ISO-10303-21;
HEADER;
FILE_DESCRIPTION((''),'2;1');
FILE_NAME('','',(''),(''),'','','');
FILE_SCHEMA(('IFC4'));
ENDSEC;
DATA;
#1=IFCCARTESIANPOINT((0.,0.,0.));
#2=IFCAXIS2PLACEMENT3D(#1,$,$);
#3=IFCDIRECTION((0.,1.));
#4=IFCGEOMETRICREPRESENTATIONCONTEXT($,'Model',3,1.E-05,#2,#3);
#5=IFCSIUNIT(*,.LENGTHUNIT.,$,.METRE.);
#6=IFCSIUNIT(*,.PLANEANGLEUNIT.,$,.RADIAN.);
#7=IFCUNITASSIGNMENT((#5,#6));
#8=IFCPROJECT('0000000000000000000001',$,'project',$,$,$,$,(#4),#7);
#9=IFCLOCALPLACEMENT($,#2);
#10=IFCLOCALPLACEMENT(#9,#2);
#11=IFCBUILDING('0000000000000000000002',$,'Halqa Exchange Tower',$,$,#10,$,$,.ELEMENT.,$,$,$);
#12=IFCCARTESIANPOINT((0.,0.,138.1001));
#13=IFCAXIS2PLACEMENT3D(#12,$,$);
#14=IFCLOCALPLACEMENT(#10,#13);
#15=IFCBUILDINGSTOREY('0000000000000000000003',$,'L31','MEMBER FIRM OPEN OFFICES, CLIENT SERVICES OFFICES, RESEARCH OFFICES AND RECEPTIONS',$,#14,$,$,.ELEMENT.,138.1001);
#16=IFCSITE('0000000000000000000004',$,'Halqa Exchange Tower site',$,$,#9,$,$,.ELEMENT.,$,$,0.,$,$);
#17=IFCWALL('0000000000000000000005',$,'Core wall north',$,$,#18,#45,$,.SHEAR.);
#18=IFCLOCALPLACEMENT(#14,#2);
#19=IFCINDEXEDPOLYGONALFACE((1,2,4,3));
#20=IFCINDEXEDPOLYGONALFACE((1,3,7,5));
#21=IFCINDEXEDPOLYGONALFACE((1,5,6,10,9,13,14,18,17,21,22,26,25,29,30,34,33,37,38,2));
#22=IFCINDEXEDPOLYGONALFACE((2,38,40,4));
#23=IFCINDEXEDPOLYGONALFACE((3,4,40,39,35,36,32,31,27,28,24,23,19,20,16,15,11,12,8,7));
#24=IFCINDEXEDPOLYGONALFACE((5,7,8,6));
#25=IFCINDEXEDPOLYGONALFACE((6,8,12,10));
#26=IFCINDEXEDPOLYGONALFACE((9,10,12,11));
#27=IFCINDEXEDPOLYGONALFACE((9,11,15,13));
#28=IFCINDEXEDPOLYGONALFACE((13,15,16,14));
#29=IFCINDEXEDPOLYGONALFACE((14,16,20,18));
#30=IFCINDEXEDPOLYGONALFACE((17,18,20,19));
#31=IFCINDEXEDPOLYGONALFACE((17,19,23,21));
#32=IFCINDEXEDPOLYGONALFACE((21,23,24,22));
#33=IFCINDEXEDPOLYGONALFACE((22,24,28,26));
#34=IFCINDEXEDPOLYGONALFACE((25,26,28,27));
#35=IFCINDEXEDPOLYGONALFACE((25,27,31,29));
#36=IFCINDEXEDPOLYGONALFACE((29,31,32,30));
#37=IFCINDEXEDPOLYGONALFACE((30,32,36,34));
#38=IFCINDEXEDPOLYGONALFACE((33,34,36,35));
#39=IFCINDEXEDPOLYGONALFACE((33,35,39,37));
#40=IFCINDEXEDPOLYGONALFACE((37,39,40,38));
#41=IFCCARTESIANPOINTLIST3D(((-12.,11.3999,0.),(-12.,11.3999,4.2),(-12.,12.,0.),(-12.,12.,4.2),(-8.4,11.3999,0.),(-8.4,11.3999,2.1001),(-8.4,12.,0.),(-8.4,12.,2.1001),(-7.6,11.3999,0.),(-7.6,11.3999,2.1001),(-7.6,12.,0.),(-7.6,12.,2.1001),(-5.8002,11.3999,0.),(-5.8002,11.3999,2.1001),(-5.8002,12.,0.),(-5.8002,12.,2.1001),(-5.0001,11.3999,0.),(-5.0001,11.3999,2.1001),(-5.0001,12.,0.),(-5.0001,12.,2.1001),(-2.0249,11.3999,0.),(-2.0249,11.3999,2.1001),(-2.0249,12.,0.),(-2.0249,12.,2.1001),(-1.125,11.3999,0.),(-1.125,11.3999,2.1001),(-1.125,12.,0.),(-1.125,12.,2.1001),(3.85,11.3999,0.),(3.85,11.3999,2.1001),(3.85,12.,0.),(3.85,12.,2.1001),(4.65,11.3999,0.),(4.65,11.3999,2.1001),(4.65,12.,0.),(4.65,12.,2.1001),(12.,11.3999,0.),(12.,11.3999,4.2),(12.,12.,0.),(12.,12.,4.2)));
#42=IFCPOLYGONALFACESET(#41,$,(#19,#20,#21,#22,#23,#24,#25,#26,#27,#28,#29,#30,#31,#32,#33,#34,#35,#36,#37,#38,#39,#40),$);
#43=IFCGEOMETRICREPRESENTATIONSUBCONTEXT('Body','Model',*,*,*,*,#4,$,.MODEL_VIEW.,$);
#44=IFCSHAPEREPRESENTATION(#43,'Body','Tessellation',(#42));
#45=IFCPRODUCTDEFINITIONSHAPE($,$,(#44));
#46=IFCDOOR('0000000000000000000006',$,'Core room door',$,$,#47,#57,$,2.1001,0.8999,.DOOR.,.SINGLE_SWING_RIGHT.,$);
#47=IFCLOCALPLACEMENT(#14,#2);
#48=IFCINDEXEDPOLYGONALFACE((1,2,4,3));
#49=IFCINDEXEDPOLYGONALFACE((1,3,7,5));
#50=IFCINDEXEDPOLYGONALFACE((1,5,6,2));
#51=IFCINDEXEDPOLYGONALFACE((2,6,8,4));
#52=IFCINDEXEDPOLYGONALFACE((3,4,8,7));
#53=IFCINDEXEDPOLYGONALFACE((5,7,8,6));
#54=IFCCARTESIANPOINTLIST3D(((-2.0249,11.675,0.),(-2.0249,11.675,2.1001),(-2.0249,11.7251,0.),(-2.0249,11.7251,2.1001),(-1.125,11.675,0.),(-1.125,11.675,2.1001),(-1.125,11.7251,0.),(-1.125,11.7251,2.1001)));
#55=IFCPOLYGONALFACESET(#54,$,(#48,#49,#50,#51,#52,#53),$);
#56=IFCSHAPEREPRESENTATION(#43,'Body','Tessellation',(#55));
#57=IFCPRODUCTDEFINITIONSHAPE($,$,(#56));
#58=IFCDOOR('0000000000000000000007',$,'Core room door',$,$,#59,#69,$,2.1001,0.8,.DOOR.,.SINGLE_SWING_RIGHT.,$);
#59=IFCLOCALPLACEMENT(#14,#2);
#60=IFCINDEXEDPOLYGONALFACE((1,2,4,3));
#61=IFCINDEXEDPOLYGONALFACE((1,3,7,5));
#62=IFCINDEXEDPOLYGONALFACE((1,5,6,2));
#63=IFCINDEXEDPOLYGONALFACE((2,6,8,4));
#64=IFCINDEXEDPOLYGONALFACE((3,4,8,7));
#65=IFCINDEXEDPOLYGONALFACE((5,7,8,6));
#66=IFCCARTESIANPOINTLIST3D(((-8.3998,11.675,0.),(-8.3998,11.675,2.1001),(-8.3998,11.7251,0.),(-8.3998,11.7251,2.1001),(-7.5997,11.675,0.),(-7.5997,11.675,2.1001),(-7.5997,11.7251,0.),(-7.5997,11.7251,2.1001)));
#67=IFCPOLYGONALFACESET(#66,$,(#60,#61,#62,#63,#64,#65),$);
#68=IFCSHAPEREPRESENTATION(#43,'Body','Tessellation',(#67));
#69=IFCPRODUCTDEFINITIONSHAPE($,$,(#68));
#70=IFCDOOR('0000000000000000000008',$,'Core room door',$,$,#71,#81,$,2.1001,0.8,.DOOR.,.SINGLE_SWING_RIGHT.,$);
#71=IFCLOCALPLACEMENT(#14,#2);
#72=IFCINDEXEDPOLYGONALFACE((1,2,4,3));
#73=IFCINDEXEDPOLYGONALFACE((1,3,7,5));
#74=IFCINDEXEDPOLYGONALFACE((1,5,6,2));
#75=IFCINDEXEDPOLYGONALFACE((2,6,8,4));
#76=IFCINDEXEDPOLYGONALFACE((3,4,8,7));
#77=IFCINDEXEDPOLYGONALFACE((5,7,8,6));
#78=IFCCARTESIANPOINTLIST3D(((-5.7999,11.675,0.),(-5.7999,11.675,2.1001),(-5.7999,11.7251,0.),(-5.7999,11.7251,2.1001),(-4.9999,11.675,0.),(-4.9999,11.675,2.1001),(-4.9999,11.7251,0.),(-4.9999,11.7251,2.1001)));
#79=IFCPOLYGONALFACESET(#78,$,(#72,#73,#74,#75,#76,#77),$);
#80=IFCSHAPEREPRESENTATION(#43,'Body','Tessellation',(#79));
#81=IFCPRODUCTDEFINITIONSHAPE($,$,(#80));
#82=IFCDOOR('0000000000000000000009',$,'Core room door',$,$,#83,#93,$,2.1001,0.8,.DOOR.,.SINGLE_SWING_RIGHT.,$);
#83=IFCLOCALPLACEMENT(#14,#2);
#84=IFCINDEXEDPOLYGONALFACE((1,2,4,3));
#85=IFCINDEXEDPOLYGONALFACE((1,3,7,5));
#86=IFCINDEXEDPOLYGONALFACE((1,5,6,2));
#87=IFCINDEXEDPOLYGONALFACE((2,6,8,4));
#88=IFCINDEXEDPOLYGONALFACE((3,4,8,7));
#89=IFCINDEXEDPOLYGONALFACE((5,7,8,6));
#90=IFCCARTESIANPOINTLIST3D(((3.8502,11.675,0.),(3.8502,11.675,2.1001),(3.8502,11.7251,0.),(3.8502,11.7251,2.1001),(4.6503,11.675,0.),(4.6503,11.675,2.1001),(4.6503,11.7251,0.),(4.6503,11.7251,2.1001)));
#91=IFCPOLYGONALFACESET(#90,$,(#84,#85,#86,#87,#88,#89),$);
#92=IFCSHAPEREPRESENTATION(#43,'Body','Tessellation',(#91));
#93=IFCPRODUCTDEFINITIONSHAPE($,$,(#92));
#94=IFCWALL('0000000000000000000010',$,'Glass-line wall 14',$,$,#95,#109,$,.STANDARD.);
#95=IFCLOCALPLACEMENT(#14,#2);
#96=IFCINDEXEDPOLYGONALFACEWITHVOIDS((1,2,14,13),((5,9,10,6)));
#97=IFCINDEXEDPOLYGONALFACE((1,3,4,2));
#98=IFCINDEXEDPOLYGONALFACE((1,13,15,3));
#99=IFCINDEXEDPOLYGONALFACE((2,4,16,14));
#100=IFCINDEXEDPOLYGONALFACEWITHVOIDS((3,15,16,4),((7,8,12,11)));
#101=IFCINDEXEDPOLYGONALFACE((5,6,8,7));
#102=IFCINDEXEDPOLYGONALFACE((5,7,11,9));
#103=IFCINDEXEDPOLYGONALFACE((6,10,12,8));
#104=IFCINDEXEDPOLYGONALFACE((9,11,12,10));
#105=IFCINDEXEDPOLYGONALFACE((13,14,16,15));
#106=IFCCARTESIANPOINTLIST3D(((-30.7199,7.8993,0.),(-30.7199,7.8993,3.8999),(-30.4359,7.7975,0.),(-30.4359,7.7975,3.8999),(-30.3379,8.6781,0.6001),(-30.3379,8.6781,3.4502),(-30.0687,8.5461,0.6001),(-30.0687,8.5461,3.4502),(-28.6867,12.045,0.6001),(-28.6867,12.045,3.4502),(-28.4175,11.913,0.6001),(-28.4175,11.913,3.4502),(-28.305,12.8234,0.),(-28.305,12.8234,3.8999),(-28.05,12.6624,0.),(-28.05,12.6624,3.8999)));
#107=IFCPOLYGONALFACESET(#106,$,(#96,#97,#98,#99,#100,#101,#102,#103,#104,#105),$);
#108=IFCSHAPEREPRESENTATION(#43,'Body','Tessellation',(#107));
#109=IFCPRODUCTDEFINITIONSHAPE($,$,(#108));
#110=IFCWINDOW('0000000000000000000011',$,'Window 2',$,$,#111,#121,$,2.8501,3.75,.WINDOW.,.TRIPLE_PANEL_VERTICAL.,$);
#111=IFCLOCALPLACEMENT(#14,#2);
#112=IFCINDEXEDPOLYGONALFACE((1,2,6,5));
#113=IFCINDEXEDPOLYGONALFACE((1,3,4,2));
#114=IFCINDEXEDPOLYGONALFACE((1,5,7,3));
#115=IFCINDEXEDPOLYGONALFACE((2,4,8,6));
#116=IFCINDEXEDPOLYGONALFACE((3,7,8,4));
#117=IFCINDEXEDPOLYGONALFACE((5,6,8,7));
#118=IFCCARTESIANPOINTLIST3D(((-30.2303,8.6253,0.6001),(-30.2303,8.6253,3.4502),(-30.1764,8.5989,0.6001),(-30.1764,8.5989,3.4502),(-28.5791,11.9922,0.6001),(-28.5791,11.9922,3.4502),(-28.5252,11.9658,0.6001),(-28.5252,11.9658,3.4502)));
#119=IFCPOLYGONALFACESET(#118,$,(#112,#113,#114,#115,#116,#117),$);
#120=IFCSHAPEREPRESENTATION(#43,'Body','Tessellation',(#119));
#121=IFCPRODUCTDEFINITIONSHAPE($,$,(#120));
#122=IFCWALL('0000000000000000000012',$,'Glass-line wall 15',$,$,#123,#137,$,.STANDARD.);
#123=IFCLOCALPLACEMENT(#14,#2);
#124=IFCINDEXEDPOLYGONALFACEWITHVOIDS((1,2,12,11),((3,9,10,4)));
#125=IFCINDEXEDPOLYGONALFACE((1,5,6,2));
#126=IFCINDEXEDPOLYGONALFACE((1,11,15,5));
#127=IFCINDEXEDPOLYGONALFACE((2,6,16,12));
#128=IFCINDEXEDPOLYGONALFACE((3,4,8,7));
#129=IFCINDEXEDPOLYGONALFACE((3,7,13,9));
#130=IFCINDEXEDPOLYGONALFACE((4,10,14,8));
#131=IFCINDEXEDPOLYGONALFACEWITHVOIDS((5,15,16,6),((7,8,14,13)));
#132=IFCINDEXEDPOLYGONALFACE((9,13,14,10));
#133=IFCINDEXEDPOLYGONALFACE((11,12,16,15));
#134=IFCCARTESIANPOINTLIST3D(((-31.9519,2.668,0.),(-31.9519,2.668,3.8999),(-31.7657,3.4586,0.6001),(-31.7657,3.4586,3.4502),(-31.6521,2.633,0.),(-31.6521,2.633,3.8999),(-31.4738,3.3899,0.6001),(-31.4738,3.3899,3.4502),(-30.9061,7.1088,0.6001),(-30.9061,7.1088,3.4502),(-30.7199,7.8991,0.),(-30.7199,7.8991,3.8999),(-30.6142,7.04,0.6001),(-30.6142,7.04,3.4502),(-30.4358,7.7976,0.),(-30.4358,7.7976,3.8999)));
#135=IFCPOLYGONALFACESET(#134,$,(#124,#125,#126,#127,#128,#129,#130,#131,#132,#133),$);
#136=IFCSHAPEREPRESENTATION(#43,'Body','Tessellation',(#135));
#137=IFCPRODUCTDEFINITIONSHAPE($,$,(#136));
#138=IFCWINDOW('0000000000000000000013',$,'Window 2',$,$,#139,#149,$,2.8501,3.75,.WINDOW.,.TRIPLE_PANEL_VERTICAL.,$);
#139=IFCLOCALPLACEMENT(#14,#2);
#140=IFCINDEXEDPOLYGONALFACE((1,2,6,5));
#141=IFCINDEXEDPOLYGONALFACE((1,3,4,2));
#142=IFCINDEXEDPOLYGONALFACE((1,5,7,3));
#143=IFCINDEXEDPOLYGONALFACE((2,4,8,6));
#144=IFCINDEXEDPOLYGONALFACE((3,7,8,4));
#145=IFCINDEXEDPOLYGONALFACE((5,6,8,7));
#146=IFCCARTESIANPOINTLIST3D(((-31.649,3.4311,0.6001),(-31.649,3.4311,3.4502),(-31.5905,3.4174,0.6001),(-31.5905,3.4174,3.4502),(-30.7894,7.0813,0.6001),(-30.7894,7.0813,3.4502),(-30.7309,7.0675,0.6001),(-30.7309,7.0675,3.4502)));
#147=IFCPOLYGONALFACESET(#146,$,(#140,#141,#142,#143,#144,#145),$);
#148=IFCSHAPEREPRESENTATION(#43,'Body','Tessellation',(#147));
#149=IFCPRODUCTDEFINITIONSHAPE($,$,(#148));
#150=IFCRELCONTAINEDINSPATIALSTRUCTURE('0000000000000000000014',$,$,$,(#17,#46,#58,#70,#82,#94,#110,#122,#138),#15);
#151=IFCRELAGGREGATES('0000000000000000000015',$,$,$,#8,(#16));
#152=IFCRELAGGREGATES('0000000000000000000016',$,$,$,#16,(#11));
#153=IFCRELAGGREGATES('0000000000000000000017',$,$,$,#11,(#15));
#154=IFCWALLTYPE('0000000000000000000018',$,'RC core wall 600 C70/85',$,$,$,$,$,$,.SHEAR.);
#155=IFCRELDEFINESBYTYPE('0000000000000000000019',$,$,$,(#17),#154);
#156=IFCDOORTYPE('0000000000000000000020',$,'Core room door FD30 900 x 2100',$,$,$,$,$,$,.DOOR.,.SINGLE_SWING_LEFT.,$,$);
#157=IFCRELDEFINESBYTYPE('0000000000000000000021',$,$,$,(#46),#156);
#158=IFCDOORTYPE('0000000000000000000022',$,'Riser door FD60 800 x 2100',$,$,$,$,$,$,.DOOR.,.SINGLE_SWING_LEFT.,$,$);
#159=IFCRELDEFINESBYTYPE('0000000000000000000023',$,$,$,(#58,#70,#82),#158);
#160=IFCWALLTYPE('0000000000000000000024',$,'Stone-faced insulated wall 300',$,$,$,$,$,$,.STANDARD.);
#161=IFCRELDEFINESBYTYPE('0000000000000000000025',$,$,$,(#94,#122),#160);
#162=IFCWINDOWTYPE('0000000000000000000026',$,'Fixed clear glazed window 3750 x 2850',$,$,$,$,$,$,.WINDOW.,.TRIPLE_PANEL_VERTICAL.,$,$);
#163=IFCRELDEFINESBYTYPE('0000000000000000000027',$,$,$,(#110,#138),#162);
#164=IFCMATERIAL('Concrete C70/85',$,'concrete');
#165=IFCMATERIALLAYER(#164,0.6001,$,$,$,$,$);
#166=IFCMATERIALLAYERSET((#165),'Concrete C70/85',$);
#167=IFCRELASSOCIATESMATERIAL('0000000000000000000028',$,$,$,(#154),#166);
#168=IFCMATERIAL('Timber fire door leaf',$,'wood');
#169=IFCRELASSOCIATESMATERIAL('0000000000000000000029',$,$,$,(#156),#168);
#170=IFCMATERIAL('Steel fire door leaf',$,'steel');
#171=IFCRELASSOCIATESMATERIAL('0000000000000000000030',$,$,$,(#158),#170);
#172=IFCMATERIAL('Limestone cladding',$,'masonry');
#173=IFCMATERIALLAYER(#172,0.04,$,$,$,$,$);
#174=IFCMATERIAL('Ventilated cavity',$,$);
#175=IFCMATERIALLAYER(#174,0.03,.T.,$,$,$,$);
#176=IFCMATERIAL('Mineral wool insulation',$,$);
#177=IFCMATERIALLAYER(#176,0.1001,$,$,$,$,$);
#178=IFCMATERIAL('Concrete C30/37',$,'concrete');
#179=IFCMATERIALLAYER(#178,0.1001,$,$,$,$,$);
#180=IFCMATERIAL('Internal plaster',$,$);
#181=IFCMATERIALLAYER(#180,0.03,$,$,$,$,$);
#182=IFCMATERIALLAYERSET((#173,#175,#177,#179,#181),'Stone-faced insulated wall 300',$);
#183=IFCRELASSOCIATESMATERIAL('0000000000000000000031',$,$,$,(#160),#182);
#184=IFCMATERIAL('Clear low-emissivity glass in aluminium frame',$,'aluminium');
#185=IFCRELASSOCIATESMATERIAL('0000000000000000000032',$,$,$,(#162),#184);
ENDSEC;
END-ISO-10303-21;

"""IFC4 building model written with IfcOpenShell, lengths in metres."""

from ifc_helpers import new_model, si_unit, direction, frame, frame_2d, origin, place, context, subcontext, project, spatial, polyline, rectangle, outline, extrude, material, layer, layer_set, type_object, element, fill, save


model = new_model("IFC4")

# Units and contexts
model_context = context("Model", 3, precision=1e-05, world=origin(), true_north=direction((0.0, 1.0)))
body_context = subcontext(model_context, "Body", "Model", "MODEL_VIEW")
ifc_project = project(units=[si_unit("LENGTHUNIT", "METRE"), si_unit("PLANEANGLEUNIT", "RADIAN")], contexts=[model_context])

# Site, building, storey
site_placement = place(None, origin())
site = spatial("IfcSite", under=ifc_project, at=site_placement, Name="Halqa Exchange Tower site", CompositionType="ELEMENT", RefElevation=0.0)
building_placement = place(site_placement, origin())
building = spatial("IfcBuilding", under=site, at=building_placement, Name="Halqa Exchange Tower", CompositionType="ELEMENT")
storey_placement = place(building_placement, frame((0.0, 0.0, 138.1001)))
storey = spatial("IfcBuildingStorey", under=building, at=storey_placement, Name="L31", Description="MEMBER FIRM OPEN OFFICES, CLIENT SERVICES OFFICES, RESEARCH OFFICES AND RECEPTIONS", CompositionType="ELEMENT", Elevation=138.1001)

# Shared definitions
ifc_material_1 = material(Name="Concrete C70/85", Category="concrete")

# Wall, openings, doors
ifc_layer_1 = layer(ifc_material_1, 0.6001)
ifc_layer_set_1 = layer_set([ifc_layer_1], Name="Concrete C70/85")
wall_type_1 = type_object("IfcWallType", Name="RC core wall 600 C70/85", PredefinedType="SHEAR", material=ifc_layer_set_1)
wall_1_placement = place(storey_placement, frame((-12.0, 11.7, 0.0), z_axis=(0.0, 0.0, 1.0), x_axis=(1.0, 0.0, 0.0)))
wall_1 = element("IfcWall", 1, at=wall_1_placement, inside=storey, type_object=wall_type_1, Name="Core wall north", PredefinedType="SHEAR", context=body_context, shape_type="SweptSolid", body=[
    extrude(rectangle(XDim=24.0, YDim=0.6001, at=frame_2d((12.0, 0.0))), origin(), (0.0, 0.0, 1.0), 4.2),
])
opening_1_placement = place(wall_1_placement, frame((9.9751, 0.0, 0.0)))
opening_1 = element("IfcOpeningElement", 2, at=opening_1_placement, cuts=wall_1, PredefinedType="OPENING", context=body_context, shape_type="SweptSolid", body=[
    extrude(rectangle(XDim=0.8999, YDim=2.1001, at=frame_2d((0.45, 1.05))), frame((0.0, 0.312, 0.0), z_axis=(0.0, -1.0, 0.0), x_axis=(1.0, 0.0, 0.0)), (0.0, 0.0, 1.0), 0.624),
])
opening_2_placement = place(wall_1_placement, frame((3.6001, 0.0, 0.0)))
opening_2 = element("IfcOpeningElement", 3, at=opening_2_placement, cuts=wall_1, PredefinedType="OPENING", context=body_context, shape_type="SweptSolid", body=[
    extrude(rectangle(XDim=0.8, YDim=2.1001, at=frame_2d((0.3999, 1.05))), frame((0.0, 0.312, 0.0), z_axis=(0.0, -1.0, 0.0), x_axis=(1.0, 0.0, 0.0)), (0.0, 0.0, 1.0), 0.624),
])
opening_3_placement = place(wall_1_placement, frame((6.2, 0.0, 0.0)))
opening_3 = element("IfcOpeningElement", 4, at=opening_3_placement, cuts=wall_1, PredefinedType="OPENING", context=body_context, shape_type="SweptSolid", body=[
    extrude(rectangle(XDim=0.8, YDim=2.1001, at=frame_2d((0.3999, 1.05))), frame((0.0, 0.312, 0.0), z_axis=(0.0, -1.0, 0.0), x_axis=(1.0, 0.0, 0.0)), (0.0, 0.0, 1.0), 0.624),
])
opening_4_placement = place(wall_1_placement, frame((15.8501, 0.0, 0.0)))
opening_4 = element("IfcOpeningElement", 5, at=opening_4_placement, cuts=wall_1, PredefinedType="OPENING", context=body_context, shape_type="SweptSolid", body=[
    extrude(rectangle(XDim=0.8, YDim=2.1001, at=frame_2d((0.3999, 1.05))), frame((0.0, 0.312, 0.0), z_axis=(0.0, -1.0, 0.0), x_axis=(1.0, 0.0, 0.0)), (0.0, 0.0, 1.0), 0.624),
])
ifc_material_2 = material(Name="Timber fire door leaf", Category="wood")
door_type_1 = type_object("IfcDoorType", Name="Core room door FD30 900 x 2100", OperationType="SINGLE_SWING_LEFT", PredefinedType="DOOR", material=ifc_material_2)
door_1_placement = place(opening_1_placement, frame((0.8999, 0.0, 0.0), z_axis=(0.0, 0.0, 1.0), x_axis=(-1.0, 0.0, 0.0)))
door_1 = element("IfcDoor", 6, at=door_1_placement, inside=storey, type_object=door_type_1, Name="Core room door", OperationType="SINGLE_SWING_RIGHT", OverallHeight=2.1001, OverallWidth=0.8999, PredefinedType="DOOR", context=body_context, shape_type="SweptSolid", body=[
    extrude(rectangle(XDim=0.8999, YDim=2.1001, at=frame_2d((0.45, 1.05))), frame((0.0, 0.0249, 0.0), z_axis=(0.0, -1.0, 0.0), x_axis=(1.0, 0.0, 0.0)), (0.0, 0.0, 1.0), 0.05),
])
fill(opening_1, door_1)
ifc_material_3 = material(Name="Steel fire door leaf", Category="steel")
door_type_2 = type_object("IfcDoorType", Name="Riser door FD60 800 x 2100", OperationType="SINGLE_SWING_LEFT", PredefinedType="DOOR", material=ifc_material_3)
door_2_placement = place(opening_2_placement, frame((0.8, 0.0, 0.0), z_axis=(0.0, 0.0, 1.0), x_axis=(-1.0, 0.0, 0.0)))
door_2 = element("IfcDoor", 7, at=door_2_placement, inside=storey, type_object=door_type_2, Name="Core room door", OperationType="SINGLE_SWING_RIGHT", OverallHeight=2.1001, OverallWidth=0.8, PredefinedType="DOOR", context=body_context, shape_type="SweptSolid", body=[
    extrude(rectangle(XDim=0.8, YDim=2.1001, at=frame_2d((0.3999, 1.05))), frame((0.0, 0.0249, 0.0), z_axis=(0.0, -1.0, 0.0), x_axis=(1.0, 0.0, 0.0)), (0.0, 0.0, 1.0), 0.05),
])
fill(opening_2, door_2)
door_3_placement = place(opening_3_placement, frame((0.8, 0.0, 0.0), z_axis=(0.0, 0.0, 1.0), x_axis=(-1.0, 0.0, 0.0)))
door_3 = element("IfcDoor", 8, at=door_3_placement, inside=storey, type_object=door_type_2, Name="Core room door", OperationType="SINGLE_SWING_RIGHT", OverallHeight=2.1001, OverallWidth=0.8, PredefinedType="DOOR", context=body_context, shape_type="SweptSolid", body=[
    extrude(rectangle(XDim=0.8, YDim=2.1001, at=frame_2d((0.3999, 1.05))), frame((0.0, 0.0249, 0.0), z_axis=(0.0, -1.0, 0.0), x_axis=(1.0, 0.0, 0.0)), (0.0, 0.0, 1.0), 0.05),
])
fill(opening_3, door_3)
door_4_placement = place(opening_4_placement, frame((0.8, 0.0, 0.0), z_axis=(0.0, 0.0, 1.0), x_axis=(-1.0, 0.0, 0.0)))
door_4 = element("IfcDoor", 9, at=door_4_placement, inside=storey, type_object=door_type_2, Name="Core room door", OperationType="SINGLE_SWING_RIGHT", OverallHeight=2.1001, OverallWidth=0.8, PredefinedType="DOOR", context=body_context, shape_type="SweptSolid", body=[
    extrude(rectangle(XDim=0.8, YDim=2.1001, at=frame_2d((0.3999, 1.05))), frame((0.0, 0.0249, 0.0), z_axis=(0.0, -1.0, 0.0), x_axis=(1.0, 0.0, 0.0)), (0.0, 0.0, 1.0), 0.05),
])
fill(opening_4, door_4)

# Walls, openings, windows
ifc_material_4 = material(Name="Limestone cladding", Category="masonry")
ifc_layer_2 = layer(ifc_material_4, 0.04)
ifc_material_5 = material(Name="Ventilated cavity")
ifc_layer_3 = layer(ifc_material_5, 0.03, ventilated=True)
ifc_material_6 = material(Name="Mineral wool insulation")
ifc_layer_4 = layer(ifc_material_6, 0.1001)
ifc_material_7 = material(Name="Concrete C30/37", Category="concrete")
ifc_layer_5 = layer(ifc_material_7, 0.1001)
ifc_material_8 = material(Name="Internal plaster")
ifc_layer_6 = layer(ifc_material_8, 0.03)
ifc_layer_set_2 = layer_set([ifc_layer_2, ifc_layer_3, ifc_layer_4, ifc_layer_5, ifc_layer_6], Name="Stone-faced insulated wall 300")
wall_type_2 = type_object("IfcWallType", Name="Stone-faced insulated wall 300", PredefinedType="STANDARD", material=ifc_layer_set_2)
wall_2_placement = place(storey_placement, frame((-28.1775, 12.7429, 0.0), z_axis=(0.0, 0.0, 1.0), x_axis=(-0.440321, -0.89784, 0.0)))
wall_2 = element("IfcWall", 10, at=wall_2_placement, inside=storey, type_object=wall_type_2, Name="Glass-line wall 14", PredefinedType="STANDARD", context=body_context, shape_type="SweptSolid", body=[
    extrude(outline(polyline([(-0.0161, -0.1499), (5.4683, -0.1499), (5.4346, 0.1499), (0.0161, 0.1499), (-0.0161, -0.1499)])), origin(), (0.0, 0.0, 1.0), 3.8999),
])
opening_5_placement = place(wall_2_placement, frame((0.8508, 0.0, 0.6001)))
opening_5 = element("IfcOpeningElement", 11, at=opening_5_placement, cuts=wall_2, PredefinedType="OPENING", context=body_context, shape_type="SweptSolid", body=[
    extrude(rectangle(XDim=3.75, YDim=2.8501, at=frame_2d((1.875, 1.425))), frame((0.0, 0.1621, 0.0), z_axis=(0.0, -1.0, 0.0), x_axis=(1.0, 0.0, 0.0)), (0.0, 0.0, 1.0), 0.324),
])
ifc_material_9 = material(Name="Clear low-emissivity glass in aluminium frame", Category="aluminium")
window_type = type_object("IfcWindowType", Name="Fixed clear glazed window 3750 x 2850", PartitioningType="TRIPLE_PANEL_VERTICAL", PredefinedType="WINDOW", material=ifc_material_9)
window_1_placement = place(opening_5_placement, origin())
window_1 = element("IfcWindow", 12, at=window_1_placement, inside=storey, type_object=window_type, Name="Window 2", OverallHeight=2.8501, OverallWidth=3.75, PartitioningType="TRIPLE_PANEL_VERTICAL", PredefinedType="WINDOW", context=body_context, shape_type="SweptSolid", body=[
    extrude(rectangle(XDim=3.75, YDim=2.8501, at=frame_2d((1.875, 1.425))), frame((0.0, 0.03, 0.0), z_axis=(0.0, -1.0, 0.0), x_axis=(1.0, 0.0, 0.0)), (0.0, 0.0, 1.0), 0.0601),
])
fill(opening_5, window_1)
wall_3_placement = place(storey_placement, frame((-30.5779, 7.8484, 0.0), z_axis=(0.0, 0.0, 1.0), x_axis=(-0.229228, -0.973373, 0.0)))
wall_3 = element("IfcWall", 13, at=wall_3_placement, inside=storey, type_object=wall_type_2, Name="Glass-line wall 15", PredefinedType="STANDARD", context=body_context, shape_type="SweptSolid", body=[
    extrude(outline(polyline([(-0.0168, -0.1499), (5.3574, -0.1499), (5.3228, 0.1499), (0.0168, 0.1499), (-0.0168, -0.1499)])), origin(), (0.0, 0.0, 1.0), 3.8999),
])
opening_6_placement = place(wall_3_placement, frame((0.7952, 0.0, 0.6001)))
opening_6 = element("IfcOpeningElement", 14, at=opening_6_placement, cuts=wall_3, PredefinedType="OPENING", context=body_context, shape_type="SweptSolid", body=[
    extrude(rectangle(XDim=3.75, YDim=2.8501, at=frame_2d((1.875, 1.425))), frame((0.0, 0.1621, 0.0), z_axis=(0.0, -1.0, 0.0), x_axis=(1.0, 0.0, 0.0)), (0.0, 0.0, 1.0), 0.324),
])
window_2_placement = place(opening_6_placement, origin())
window_2 = element("IfcWindow", 15, at=window_2_placement, inside=storey, type_object=window_type, Name="Window 2", OverallHeight=2.8501, OverallWidth=3.75, PartitioningType="TRIPLE_PANEL_VERTICAL", PredefinedType="WINDOW", context=body_context, shape_type="SweptSolid", body=[
    extrude(rectangle(XDim=3.75, YDim=2.8501, at=frame_2d((1.875, 1.425))), frame((0.0, 0.03, 0.0), z_axis=(0.0, -1.0, 0.0), x_axis=(1.0, 0.0, 0.0)), (0.0, 0.0, 1.0), 0.0601),
])
fill(opening_6, window_2)

save(model, "model.ifc")
